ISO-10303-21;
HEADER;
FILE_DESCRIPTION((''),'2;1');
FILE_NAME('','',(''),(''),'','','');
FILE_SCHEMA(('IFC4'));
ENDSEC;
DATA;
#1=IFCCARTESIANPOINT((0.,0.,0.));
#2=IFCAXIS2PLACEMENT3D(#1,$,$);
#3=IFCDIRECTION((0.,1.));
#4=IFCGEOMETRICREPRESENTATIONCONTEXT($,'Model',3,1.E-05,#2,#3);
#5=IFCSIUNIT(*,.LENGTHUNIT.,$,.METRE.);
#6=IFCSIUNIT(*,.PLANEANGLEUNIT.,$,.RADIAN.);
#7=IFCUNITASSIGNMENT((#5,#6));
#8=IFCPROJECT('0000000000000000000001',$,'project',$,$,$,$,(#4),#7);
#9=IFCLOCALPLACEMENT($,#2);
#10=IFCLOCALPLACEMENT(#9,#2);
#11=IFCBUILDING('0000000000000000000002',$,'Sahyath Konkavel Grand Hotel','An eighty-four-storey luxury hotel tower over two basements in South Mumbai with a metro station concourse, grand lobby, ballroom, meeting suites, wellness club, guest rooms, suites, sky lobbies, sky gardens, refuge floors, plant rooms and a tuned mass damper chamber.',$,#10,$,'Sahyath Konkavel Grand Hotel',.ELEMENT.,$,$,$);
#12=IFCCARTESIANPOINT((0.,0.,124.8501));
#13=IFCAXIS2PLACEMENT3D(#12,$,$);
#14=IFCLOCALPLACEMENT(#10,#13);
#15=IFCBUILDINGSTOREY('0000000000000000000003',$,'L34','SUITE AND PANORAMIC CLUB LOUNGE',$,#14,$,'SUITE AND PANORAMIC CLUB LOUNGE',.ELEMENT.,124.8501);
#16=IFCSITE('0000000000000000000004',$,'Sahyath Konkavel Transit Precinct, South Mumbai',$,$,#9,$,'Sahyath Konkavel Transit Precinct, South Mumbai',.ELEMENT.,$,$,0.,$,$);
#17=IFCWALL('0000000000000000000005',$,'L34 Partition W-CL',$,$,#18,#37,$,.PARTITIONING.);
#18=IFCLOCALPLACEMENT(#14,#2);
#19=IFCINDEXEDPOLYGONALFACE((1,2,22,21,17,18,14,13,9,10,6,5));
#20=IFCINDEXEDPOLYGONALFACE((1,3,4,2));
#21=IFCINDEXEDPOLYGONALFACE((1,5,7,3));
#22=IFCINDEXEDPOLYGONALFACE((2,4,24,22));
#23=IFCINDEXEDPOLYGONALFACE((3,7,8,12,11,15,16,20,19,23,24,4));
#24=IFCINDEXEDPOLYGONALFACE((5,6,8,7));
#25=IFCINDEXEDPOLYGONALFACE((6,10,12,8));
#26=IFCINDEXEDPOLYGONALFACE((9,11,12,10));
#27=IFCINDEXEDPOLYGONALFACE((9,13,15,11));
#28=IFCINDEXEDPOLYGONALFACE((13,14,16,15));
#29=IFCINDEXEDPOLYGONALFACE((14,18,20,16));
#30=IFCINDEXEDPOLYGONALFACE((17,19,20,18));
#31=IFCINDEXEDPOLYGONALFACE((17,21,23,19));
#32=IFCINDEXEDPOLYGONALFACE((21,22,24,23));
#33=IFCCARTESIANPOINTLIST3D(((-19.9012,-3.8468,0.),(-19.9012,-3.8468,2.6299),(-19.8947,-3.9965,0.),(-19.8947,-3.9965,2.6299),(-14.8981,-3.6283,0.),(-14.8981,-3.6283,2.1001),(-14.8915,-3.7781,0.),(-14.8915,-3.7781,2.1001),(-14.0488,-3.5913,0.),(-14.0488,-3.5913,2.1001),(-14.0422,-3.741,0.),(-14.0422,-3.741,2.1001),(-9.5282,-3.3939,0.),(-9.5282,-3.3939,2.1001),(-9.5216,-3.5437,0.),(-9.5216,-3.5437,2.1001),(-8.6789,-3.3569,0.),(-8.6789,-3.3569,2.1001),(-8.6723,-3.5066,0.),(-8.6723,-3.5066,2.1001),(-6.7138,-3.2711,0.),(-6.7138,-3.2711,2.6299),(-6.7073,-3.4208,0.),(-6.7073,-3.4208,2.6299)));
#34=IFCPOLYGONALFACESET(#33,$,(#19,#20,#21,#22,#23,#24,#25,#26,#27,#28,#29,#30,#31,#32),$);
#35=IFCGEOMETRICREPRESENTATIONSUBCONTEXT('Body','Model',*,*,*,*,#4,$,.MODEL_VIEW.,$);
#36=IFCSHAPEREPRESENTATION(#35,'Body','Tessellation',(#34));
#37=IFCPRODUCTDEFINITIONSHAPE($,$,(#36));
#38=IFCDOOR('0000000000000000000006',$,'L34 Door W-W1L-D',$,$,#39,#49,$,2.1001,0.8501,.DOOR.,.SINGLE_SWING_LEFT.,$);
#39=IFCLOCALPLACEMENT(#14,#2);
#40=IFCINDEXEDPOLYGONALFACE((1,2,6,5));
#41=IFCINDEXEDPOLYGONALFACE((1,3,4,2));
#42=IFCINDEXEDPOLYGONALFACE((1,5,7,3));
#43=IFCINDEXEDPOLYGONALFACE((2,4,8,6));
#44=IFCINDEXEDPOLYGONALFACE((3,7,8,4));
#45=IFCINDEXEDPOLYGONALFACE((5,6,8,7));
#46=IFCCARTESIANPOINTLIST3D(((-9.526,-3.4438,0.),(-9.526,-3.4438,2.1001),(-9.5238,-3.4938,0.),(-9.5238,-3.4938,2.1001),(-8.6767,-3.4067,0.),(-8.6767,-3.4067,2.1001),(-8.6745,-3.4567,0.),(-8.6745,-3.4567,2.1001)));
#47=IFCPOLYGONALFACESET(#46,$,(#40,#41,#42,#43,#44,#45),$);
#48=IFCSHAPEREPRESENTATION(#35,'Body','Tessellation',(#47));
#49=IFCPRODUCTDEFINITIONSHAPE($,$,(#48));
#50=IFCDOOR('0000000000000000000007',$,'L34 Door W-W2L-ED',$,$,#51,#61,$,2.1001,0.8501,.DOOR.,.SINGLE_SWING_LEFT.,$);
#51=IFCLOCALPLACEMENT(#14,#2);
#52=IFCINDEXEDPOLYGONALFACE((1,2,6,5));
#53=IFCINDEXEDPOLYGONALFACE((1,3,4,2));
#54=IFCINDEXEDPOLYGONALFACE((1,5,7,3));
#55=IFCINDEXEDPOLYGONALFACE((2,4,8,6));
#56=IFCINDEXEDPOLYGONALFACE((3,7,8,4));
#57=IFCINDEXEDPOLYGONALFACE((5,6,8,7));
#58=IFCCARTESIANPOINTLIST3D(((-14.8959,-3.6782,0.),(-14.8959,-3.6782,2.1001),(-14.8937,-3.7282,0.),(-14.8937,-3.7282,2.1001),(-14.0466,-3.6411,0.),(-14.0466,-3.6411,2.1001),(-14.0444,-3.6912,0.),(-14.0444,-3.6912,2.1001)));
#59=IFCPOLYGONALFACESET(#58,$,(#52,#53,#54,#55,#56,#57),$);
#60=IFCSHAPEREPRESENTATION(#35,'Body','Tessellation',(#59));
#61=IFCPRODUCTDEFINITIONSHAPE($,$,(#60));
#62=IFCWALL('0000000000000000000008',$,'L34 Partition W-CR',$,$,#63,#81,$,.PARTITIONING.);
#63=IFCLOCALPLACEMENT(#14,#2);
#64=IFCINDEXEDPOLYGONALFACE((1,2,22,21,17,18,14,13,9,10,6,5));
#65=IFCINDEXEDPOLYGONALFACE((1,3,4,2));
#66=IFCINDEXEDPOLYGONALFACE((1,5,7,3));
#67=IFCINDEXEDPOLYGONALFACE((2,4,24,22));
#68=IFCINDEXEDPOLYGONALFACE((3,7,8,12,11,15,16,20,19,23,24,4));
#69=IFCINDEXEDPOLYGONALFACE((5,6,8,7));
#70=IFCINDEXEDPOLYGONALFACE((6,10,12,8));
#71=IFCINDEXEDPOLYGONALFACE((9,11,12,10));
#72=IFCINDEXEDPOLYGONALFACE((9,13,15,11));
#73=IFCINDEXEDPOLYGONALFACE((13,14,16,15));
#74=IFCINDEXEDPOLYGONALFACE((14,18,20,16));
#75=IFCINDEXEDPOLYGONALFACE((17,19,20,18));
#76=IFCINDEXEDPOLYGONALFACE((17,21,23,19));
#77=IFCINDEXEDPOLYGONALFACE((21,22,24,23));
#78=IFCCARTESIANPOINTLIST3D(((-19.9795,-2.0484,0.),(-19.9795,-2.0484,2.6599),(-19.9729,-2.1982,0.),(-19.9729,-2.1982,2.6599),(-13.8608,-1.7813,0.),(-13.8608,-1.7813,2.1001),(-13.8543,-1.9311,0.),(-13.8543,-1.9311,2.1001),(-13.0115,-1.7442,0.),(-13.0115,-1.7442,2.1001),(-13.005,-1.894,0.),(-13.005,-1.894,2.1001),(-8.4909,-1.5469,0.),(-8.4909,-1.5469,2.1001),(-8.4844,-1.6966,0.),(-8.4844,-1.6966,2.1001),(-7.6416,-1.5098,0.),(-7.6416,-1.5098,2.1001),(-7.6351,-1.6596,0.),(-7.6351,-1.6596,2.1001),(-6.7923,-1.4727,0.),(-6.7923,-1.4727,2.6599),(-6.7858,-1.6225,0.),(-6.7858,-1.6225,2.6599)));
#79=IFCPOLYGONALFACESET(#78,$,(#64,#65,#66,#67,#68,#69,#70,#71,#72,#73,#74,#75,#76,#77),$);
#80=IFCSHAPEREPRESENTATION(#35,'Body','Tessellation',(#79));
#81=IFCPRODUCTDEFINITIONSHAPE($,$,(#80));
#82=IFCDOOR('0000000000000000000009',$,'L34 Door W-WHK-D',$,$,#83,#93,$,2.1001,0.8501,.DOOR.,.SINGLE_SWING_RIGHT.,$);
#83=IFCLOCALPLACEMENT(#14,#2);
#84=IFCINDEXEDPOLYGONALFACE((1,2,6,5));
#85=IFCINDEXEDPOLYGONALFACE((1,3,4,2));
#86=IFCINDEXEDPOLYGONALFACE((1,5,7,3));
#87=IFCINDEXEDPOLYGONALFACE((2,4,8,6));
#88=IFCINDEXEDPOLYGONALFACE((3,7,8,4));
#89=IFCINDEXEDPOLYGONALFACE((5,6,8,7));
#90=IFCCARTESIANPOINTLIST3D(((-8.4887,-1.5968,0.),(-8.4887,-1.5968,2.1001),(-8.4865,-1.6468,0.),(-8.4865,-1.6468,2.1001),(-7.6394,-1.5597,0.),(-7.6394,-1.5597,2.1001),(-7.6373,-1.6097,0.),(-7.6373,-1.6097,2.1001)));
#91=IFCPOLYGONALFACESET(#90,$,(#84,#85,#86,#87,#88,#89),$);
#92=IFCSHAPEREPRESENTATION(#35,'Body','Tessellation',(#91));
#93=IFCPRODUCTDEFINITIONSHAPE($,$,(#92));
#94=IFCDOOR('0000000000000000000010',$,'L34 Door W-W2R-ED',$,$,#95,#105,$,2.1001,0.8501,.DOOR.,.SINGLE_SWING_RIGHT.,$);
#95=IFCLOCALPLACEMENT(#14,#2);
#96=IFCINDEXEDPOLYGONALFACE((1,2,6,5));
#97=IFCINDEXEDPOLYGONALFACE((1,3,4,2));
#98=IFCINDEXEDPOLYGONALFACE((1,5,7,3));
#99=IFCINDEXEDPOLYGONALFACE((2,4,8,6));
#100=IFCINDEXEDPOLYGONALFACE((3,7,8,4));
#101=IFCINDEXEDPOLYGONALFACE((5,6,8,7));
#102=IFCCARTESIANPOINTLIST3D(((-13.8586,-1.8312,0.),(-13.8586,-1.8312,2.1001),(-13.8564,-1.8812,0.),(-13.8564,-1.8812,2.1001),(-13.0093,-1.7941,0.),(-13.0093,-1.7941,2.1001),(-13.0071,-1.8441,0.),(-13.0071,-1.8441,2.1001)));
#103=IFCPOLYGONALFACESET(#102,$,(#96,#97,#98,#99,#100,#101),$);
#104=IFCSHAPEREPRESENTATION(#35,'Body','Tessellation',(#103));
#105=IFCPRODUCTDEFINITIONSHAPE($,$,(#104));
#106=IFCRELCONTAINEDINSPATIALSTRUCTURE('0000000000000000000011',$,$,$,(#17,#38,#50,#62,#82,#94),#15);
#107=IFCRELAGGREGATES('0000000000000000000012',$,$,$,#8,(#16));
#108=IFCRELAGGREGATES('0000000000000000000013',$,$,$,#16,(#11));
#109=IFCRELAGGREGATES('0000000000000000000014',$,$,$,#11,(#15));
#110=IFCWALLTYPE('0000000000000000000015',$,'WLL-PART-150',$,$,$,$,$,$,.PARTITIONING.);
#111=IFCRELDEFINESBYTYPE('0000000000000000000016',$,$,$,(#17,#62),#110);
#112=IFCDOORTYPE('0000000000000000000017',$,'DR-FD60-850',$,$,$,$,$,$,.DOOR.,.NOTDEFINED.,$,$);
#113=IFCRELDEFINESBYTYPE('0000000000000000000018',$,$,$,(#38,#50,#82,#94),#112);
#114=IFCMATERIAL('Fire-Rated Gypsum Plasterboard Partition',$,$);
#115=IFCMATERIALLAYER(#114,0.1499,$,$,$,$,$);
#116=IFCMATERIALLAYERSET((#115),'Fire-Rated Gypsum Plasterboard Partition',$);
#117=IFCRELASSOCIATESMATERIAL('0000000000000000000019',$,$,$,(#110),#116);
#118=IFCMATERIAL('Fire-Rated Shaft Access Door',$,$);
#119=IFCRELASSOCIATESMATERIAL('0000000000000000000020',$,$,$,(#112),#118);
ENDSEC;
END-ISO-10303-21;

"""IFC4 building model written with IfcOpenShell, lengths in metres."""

from ifc_helpers import new_model, si_unit, direction, frame, frame_2d, origin, origin_2d, place, context, subcontext, project, spatial, rectangle, extrude, source, transform, mapped, material, layer, layer_set, type_object, element, fill, save


model = new_model("IFC4")

# Units and contexts
model_context = context("Model", 3, precision=1e-05, world=origin(), true_north=direction((0.0, 1.0)))
body_context = subcontext(model_context, "Body", "Model", "MODEL_VIEW")
ifc_project = project(units=[si_unit("LENGTHUNIT", "METRE"), si_unit("PLANEANGLEUNIT", "RADIAN")], contexts=[model_context])

# Site, building, storey
site_placement = place(None, origin())
site = spatial("IfcSite", under=ifc_project, at=site_placement, Name="Sahyath Konkavel Transit Precinct, South Mumbai", LongName="Sahyath Konkavel Transit Precinct, South Mumbai", CompositionType="ELEMENT", RefElevation=0.0)
building_placement = place(site_placement, origin())
building = spatial("IfcBuilding", under=site, at=building_placement, Name="Sahyath Konkavel Grand Hotel", Description="An eighty-four-storey luxury hotel tower over two basements in South Mumbai with a metro station concourse, grand lobby, ballroom, meeting suites, wellness club, guest rooms, suites, sky lobbies, sky gardens, refuge floors, plant rooms and a tuned mass damper chamber.", LongName="Sahyath Konkavel Grand Hotel", CompositionType="ELEMENT")
storey_placement = place(building_placement, frame((0.0, 0.0, 124.8501)))
storey = spatial("IfcBuildingStorey", under=building, at=storey_placement, Name="L34", Description="SUITE AND PANORAMIC CLUB LOUNGE", LongName="SUITE AND PANORAMIC CLUB LOUNGE", CompositionType="ELEMENT", Elevation=124.8501)

# Shared definitions
ifc_material_1 = material(Name="Fire-Rated Gypsum Plasterboard Partition")
ifc_layer_1 = layer(ifc_material_1, 0.1499)
ifc_layer_set_1 = layer_set([ifc_layer_1], Name="Fire-Rated Gypsum Plasterboard Partition")
wall_type_1 = type_object("IfcWallType", Name="WLL-PART-150", PredefinedType="PARTITIONING", material=ifc_layer_set_1)

# Shared definitions
ifc_material_2 = material(Name="Fire-Rated Shaft Access Door")
door_type_1 = type_object("IfcDoorType", Name="DR-FD60-850", OperationType="NOTDEFINED", PredefinedType="DOOR", material=ifc_material_2)
shared_shape_1 = source(origin(), body_context, "Body", "SweptSolid", [
    extrude(rectangle(XDim=0.8501, YDim=0.05, at=origin_2d()), origin(), (0.0, 0.0, 1.0), 2.1001),
])

# Walls, openings, doors
wall_1_placement = place(storey_placement, frame((-6.7104, -3.3459, 0.0), z_axis=(0.0, 0.0, 1.0), x_axis=(-0.999049, -0.043612, 0.0)))
wall_1 = element("IfcWall", 1, at=wall_1_placement, inside=storey, type_object=wall_type_1, Name="L34 Partition W-CL", PredefinedType="PARTITIONING", context=body_context, shape_type="SweptSolid", body=[
    extrude(rectangle(XDim=13.2, YDim=0.1499, at=frame_2d((6.6001, 0.0))), origin(), (0.0, 0.0, 1.0), 2.6299),
])
opening_1_placement = place(wall_1_placement, frame((1.967, 0.0, 0.0)))
opening_1 = element("IfcOpeningElement", 2, at=opening_1_placement, cuts=wall_1, PredefinedType="OPENING", context=body_context, shape_type="SweptSolid", body=[
    extrude(rectangle(XDim=0.8501, YDim=2.1001, at=frame_2d((0.425, 1.05))), frame((0.0, 0.085, 0.0), z_axis=(0.0, -1.0, 0.0), x_axis=(1.0, 0.0, 0.0)), (0.0, 0.0, 1.0), 0.1699),
])
opening_2_placement = place(wall_1_placement, frame((7.342, 0.0, 0.0)))
opening_2 = element("IfcOpeningElement", 3, at=opening_2_placement, cuts=wall_1, PredefinedType="OPENING", context=body_context, shape_type="SweptSolid", body=[
    extrude(rectangle(XDim=0.8501, YDim=2.1001, at=frame_2d((0.425, 1.05))), frame((0.0, 0.085, 0.0), z_axis=(0.0, -1.0, 0.0), x_axis=(1.0, 0.0, 0.0)), (0.0, 0.0, 1.0), 0.1699),
])
door_1_placement = place(opening_1_placement, frame((0.425, 0.0, 0.0)))
door_1 = element("IfcDoor", 4, at=door_1_placement, inside=storey, type_object=door_type_1, Name="L34 Door W-W1L-D", OperationType="SINGLE_SWING_LEFT", OverallHeight=2.1001, OverallWidth=0.8501, PredefinedType="DOOR", context=body_context, shape_type="MappedRepresentation", body=[
    mapped(shared_shape_1, transform((0.0, 0.0, 0.0), scale=1.0)),
])
fill(opening_1, door_1)
door_2_placement = place(opening_2_placement, frame((0.425, 0.0, 0.0)))
door_2 = element("IfcDoor", 5, at=door_2_placement, inside=storey, type_object=door_type_1, Name="L34 Door W-W2L-ED", OperationType="SINGLE_SWING_LEFT", OverallHeight=2.1001, OverallWidth=0.8501, PredefinedType="DOOR", context=body_context, shape_type="MappedRepresentation", body=[
    mapped(shared_shape_1, transform((0.0, 0.0, 0.0), scale=1.0)),
])
fill(opening_2, door_2)
wall_2_placement = place(storey_placement, frame((-6.7891, -1.5476, 0.0), z_axis=(0.0, 0.0, 1.0), x_axis=(-0.999049, -0.043613, 0.0)))
wall_2 = element("IfcWall", 6, at=wall_2_placement, inside=storey, type_object=wall_type_1, Name="L34 Partition W-CR", PredefinedType="PARTITIONING", context=body_context, shape_type="SweptSolid", body=[
    extrude(rectangle(XDim=13.1997, YDim=0.1499, at=frame_2d((6.5999, 0.0))), origin(), (0.0, 0.0, 1.0), 2.6599),
])
opening_3_placement = place(wall_2_placement, frame((0.8501, 0.0, 0.0)))
opening_3 = element("IfcOpeningElement", 7, at=opening_3_placement, cuts=wall_2, PredefinedType="OPENING", context=body_context, shape_type="SweptSolid", body=[
    extrude(rectangle(XDim=0.8501, YDim=2.1001, at=frame_2d((0.425, 1.05))), frame((0.0, 0.085, 0.0), z_axis=(0.0, -1.0, 0.0), x_axis=(1.0, 0.0, 0.0)), (0.0, 0.0, 1.0), 0.1699),
])
opening_4_placement = place(wall_2_placement, frame((6.2251, 0.0, 0.0)))
opening_4 = element("IfcOpeningElement", 8, at=opening_4_placement, cuts=wall_2, PredefinedType="OPENING", context=body_context, shape_type="SweptSolid", body=[
    extrude(rectangle(XDim=0.8501, YDim=2.1001, at=frame_2d((0.425, 1.05))), frame((0.0, 0.085, 0.0), z_axis=(0.0, -1.0, 0.0), x_axis=(1.0, 0.0, 0.0)), (0.0, 0.0, 1.0), 0.1699),
])
door_3_placement = place(opening_3_placement, frame((0.425, 0.0, 0.0)))
door_3 = element("IfcDoor", 9, at=door_3_placement, inside=storey, type_object=door_type_1, Name="L34 Door W-WHK-D", OperationType="SINGLE_SWING_RIGHT", OverallHeight=2.1001, OverallWidth=0.8501, PredefinedType="DOOR", context=body_context, shape_type="MappedRepresentation", body=[
    mapped(shared_shape_1, transform((0.0, 0.0, 0.0), scale=1.0)),
])
fill(opening_3, door_3)
door_4_placement = place(opening_4_placement, frame((0.425, 0.0, 0.0)))
door_4 = element("IfcDoor", 10, at=door_4_placement, inside=storey, type_object=door_type_1, Name="L34 Door W-W2R-ED", OperationType="SINGLE_SWING_RIGHT", OverallHeight=2.1001, OverallWidth=0.8501, PredefinedType="DOOR", context=body_context, shape_type="MappedRepresentation", body=[
    mapped(shared_shape_1, transform((0.0, 0.0, 0.0), scale=1.0)),
])
fill(opening_4, door_4)

save(model, "model.ifc")
